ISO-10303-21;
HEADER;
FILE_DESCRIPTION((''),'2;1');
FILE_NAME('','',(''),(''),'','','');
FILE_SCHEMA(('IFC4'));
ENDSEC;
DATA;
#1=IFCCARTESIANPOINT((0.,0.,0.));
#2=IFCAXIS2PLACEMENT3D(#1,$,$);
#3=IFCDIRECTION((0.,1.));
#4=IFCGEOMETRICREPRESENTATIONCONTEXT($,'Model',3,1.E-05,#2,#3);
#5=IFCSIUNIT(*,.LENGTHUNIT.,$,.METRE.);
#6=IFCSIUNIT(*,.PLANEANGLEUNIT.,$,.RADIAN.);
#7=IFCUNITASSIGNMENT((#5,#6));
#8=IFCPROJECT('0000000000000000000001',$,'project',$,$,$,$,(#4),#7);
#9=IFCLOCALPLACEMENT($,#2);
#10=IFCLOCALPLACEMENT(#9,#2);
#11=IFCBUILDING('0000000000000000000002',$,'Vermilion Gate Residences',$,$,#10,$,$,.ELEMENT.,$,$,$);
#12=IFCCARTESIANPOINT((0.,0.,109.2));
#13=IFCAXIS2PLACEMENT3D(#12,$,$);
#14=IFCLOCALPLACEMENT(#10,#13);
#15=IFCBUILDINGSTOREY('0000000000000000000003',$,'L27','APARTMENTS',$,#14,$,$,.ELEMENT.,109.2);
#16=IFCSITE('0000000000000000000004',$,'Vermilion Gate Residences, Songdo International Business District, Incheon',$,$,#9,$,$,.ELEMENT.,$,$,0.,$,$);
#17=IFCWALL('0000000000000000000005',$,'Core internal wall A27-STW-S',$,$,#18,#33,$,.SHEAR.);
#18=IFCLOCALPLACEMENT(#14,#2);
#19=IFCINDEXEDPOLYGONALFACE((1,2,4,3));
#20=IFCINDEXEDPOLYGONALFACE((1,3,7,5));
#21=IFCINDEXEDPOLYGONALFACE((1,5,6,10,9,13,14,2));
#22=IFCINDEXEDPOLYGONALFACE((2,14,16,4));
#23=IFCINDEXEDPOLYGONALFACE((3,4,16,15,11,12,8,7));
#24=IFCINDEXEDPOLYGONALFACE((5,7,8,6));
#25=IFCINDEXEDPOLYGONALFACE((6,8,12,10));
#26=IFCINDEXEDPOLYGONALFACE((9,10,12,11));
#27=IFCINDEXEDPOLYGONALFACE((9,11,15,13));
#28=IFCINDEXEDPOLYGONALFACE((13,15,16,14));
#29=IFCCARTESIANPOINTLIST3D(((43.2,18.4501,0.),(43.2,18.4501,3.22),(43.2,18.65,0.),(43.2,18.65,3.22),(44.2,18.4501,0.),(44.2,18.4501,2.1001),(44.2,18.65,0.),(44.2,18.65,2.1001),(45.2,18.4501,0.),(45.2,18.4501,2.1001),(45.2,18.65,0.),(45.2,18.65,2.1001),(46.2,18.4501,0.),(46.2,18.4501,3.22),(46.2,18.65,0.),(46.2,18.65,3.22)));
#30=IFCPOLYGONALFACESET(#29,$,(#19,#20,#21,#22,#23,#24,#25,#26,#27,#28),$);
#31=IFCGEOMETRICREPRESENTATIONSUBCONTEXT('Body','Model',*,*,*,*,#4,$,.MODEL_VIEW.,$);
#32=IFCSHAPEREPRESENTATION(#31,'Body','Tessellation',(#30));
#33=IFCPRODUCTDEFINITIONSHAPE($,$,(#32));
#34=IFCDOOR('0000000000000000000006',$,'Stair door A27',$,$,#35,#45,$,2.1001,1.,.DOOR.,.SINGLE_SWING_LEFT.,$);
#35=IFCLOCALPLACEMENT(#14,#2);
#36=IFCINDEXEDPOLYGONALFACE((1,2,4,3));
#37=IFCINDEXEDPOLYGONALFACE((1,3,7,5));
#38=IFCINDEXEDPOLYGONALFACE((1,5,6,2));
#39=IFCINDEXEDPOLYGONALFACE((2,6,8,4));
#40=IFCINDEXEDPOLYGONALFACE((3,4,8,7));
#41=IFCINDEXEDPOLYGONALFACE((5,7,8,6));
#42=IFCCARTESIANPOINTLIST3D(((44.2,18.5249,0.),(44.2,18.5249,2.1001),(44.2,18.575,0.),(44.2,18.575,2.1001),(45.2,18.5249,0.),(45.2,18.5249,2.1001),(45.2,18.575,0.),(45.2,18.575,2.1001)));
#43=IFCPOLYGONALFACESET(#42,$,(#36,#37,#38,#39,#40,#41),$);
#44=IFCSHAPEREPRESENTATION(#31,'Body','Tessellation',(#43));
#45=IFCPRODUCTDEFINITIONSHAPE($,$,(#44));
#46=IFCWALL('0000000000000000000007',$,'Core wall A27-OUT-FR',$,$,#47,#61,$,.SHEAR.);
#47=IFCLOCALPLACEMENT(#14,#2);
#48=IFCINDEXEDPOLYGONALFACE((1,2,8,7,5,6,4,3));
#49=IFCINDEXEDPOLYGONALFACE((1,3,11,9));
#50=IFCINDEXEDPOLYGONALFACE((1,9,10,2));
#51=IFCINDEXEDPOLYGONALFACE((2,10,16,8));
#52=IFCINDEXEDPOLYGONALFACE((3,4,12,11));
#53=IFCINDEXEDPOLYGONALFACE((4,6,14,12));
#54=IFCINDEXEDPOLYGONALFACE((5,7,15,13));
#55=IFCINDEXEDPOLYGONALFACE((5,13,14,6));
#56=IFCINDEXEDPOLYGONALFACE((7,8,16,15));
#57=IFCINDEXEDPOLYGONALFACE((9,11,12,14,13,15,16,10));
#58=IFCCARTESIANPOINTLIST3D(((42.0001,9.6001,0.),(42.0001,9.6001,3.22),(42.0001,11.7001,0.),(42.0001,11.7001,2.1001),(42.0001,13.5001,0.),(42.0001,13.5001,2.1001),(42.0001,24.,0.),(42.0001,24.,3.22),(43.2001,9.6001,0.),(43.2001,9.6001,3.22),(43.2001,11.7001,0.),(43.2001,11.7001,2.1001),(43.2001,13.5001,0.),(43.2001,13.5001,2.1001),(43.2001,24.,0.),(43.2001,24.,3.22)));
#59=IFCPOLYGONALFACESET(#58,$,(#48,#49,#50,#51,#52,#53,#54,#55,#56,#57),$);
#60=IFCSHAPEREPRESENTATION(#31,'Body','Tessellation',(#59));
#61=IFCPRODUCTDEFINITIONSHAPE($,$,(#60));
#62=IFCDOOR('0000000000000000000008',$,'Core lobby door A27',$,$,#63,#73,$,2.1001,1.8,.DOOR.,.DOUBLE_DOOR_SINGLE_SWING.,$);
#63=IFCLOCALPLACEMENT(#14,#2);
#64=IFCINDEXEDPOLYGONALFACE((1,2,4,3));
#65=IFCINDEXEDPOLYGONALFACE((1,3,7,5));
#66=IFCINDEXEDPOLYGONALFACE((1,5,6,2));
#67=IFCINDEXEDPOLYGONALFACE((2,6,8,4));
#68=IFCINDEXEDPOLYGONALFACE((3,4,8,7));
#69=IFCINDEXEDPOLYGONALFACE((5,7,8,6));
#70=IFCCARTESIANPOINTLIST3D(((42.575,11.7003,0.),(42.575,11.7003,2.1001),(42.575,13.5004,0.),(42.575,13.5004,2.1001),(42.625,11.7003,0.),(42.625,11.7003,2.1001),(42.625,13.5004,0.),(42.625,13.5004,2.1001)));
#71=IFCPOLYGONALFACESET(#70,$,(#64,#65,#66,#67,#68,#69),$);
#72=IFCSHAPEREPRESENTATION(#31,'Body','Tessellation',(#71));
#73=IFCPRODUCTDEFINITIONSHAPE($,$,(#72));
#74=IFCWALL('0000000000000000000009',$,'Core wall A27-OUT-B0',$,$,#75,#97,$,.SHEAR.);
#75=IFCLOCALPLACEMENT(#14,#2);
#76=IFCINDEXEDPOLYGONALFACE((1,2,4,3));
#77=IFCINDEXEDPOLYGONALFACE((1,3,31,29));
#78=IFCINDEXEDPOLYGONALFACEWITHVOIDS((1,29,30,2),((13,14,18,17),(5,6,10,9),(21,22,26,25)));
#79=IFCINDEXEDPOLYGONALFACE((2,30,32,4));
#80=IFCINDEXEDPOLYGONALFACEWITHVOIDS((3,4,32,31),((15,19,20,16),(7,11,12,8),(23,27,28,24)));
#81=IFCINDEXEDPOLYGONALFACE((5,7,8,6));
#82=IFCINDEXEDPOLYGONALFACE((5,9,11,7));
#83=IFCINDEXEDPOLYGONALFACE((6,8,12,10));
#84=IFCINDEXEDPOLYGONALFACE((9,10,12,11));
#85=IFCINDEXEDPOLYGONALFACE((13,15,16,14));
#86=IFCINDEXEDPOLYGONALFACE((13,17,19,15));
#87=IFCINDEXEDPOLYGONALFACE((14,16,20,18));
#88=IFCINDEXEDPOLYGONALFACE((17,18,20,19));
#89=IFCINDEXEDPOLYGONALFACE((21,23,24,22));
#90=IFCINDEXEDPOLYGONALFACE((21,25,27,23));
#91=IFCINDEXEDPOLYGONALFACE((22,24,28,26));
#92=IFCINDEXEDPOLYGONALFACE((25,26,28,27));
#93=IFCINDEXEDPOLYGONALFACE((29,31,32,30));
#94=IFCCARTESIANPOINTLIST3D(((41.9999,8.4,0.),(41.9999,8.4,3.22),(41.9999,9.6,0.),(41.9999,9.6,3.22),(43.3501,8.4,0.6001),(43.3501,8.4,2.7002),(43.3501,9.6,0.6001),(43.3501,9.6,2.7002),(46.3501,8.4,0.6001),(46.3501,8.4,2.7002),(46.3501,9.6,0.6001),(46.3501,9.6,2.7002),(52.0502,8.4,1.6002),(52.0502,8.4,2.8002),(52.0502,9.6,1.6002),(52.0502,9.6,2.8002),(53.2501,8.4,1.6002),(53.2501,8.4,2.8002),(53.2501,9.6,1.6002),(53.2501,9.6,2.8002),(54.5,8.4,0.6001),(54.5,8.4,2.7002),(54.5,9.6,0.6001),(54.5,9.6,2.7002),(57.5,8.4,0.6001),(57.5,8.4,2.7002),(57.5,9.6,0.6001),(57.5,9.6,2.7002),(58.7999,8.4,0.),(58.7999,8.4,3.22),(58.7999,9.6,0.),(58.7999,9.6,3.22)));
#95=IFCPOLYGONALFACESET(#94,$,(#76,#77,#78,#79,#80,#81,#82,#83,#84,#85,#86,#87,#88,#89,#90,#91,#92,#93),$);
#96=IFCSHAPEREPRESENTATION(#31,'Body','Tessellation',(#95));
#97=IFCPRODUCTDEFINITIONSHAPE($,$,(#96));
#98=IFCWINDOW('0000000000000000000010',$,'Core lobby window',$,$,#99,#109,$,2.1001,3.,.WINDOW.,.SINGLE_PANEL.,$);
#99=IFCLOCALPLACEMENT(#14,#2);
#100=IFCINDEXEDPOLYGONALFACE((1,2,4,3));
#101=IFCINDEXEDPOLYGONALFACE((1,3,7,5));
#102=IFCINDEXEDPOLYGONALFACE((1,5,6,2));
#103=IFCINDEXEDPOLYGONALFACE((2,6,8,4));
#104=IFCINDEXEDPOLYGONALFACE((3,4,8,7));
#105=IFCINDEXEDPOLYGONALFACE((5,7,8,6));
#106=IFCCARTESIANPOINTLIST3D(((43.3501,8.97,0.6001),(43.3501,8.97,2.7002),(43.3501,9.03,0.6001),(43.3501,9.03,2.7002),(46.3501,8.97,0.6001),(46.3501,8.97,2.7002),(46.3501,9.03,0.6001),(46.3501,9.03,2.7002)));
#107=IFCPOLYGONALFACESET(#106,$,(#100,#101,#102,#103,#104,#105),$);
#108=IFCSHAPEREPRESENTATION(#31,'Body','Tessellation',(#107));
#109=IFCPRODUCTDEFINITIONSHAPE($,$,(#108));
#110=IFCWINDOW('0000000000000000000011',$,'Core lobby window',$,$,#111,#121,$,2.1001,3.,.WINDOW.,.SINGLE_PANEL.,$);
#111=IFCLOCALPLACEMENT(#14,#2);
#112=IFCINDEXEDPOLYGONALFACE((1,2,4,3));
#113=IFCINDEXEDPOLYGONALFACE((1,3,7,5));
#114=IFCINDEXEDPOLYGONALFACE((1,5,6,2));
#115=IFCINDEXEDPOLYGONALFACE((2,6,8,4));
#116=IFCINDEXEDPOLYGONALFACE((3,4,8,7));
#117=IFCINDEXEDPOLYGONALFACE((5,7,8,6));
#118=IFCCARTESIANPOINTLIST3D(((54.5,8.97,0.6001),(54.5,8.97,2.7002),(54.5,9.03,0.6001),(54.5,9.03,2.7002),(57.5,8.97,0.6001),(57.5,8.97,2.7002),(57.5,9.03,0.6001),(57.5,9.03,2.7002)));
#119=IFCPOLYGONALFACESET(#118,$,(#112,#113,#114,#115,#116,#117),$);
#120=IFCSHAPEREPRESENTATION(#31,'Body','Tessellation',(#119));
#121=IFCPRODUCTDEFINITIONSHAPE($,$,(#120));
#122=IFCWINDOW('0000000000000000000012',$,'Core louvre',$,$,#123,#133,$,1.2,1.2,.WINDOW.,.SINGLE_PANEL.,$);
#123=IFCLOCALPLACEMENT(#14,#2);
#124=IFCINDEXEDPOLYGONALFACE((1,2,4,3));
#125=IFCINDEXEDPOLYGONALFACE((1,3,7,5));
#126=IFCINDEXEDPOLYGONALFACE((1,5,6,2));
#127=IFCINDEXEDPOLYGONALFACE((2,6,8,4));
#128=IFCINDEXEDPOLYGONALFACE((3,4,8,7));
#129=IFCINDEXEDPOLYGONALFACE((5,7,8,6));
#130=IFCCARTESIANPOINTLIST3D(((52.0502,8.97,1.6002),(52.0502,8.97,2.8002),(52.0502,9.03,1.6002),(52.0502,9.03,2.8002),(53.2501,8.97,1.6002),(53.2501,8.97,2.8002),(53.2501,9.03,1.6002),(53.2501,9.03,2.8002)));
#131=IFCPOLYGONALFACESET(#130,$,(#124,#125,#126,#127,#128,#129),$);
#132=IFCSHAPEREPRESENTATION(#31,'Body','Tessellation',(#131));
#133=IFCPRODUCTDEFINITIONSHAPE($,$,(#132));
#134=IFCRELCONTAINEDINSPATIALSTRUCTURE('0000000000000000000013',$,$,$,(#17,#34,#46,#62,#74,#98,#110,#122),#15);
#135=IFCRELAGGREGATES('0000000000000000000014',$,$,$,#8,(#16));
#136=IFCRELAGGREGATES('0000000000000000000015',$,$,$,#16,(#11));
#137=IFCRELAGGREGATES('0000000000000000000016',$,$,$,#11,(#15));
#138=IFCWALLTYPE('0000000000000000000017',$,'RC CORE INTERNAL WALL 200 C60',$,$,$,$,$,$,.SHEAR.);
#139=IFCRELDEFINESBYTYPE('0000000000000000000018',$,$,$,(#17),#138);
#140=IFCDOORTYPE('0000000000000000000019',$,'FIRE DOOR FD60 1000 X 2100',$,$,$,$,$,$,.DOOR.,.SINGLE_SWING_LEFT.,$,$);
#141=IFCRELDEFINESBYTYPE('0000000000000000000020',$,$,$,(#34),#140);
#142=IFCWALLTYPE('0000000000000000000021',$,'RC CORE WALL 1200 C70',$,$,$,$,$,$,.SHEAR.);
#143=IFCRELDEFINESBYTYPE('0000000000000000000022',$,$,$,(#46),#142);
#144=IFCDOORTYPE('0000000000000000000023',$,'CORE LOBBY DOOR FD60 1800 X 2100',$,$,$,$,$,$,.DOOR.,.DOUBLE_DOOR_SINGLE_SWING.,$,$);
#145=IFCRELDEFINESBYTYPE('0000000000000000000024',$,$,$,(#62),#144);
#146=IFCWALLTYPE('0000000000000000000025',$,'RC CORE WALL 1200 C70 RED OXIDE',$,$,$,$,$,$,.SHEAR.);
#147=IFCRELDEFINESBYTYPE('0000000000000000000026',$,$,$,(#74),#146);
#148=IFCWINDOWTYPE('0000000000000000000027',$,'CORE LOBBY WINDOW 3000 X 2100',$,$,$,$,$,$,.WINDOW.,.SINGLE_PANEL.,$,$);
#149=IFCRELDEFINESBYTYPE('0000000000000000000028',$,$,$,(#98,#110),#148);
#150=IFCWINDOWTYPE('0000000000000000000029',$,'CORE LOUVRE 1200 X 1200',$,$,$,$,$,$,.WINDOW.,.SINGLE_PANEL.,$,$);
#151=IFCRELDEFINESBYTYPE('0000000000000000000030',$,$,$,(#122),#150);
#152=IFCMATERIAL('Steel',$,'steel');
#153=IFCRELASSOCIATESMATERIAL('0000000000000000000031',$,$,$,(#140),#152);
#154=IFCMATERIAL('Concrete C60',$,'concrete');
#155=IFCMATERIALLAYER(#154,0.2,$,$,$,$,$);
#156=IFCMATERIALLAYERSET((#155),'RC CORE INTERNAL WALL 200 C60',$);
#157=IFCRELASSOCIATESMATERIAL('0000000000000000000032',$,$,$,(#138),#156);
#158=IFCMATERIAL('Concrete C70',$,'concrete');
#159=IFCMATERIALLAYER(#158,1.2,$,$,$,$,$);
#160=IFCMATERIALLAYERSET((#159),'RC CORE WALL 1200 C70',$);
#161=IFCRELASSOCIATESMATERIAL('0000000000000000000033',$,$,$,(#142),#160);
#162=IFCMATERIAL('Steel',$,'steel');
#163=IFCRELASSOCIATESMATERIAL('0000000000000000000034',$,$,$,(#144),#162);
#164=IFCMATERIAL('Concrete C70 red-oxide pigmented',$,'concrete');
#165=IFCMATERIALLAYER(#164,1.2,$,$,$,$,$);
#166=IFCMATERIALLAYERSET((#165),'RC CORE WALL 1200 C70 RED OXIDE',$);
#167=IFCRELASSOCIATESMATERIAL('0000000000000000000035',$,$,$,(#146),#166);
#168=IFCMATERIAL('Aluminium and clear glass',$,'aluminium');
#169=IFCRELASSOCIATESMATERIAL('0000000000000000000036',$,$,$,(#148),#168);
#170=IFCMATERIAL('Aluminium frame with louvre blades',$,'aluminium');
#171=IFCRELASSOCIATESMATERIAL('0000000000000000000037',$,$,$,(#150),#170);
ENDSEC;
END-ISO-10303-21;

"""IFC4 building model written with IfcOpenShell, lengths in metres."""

from ifc_helpers import new_model, si_unit, direction, frame, frame_2d, origin, place, context, subcontext, project, spatial, rectangle, extrude, material, layer, layer_set, type_object, element, fill, save


model = new_model("IFC4")

# Units and contexts
model_context = context("Model", 3, precision=1e-05, world=origin(), true_north=direction((0.0, 1.0)))
body_context = subcontext(model_context, "Body", "Model", "MODEL_VIEW")
ifc_project = project(units=[si_unit("LENGTHUNIT", "METRE"), si_unit("PLANEANGLEUNIT", "RADIAN")], contexts=[model_context])

# Site, building, storey
site_placement = place(None, origin())
site = spatial("IfcSite", under=ifc_project, at=site_placement, Name="Vermilion Gate Residences, Songdo International Business District, Incheon", CompositionType="ELEMENT", RefElevation=0.0)
building_placement = place(site_placement, origin())
building = spatial("IfcBuilding", under=site, at=building_placement, Name="Vermilion Gate Residences", CompositionType="ELEMENT")
storey_placement = place(building_placement, frame((0.0, 0.0, 109.2)))
storey = spatial("IfcBuildingStorey", under=building, at=storey_placement, Name="L27", Description="APARTMENTS", CompositionType="ELEMENT", Elevation=109.2)

# Shared definitions
ifc_material_1 = material(Name="Steel", Category="steel")
door_type_1 = type_object("IfcDoorType", Name="FIRE DOOR FD60 1000 X 2100", OperationType="SINGLE_SWING_LEFT", PredefinedType="DOOR", material=ifc_material_1)

# Shared definitions
ifc_material_2 = material(Name="Concrete C60", Category="concrete")
ifc_layer_1 = layer(ifc_material_2, 0.2)
ifc_layer_set_1 = layer_set([ifc_layer_1], Name="RC CORE INTERNAL WALL 200 C60")
wall_type_1 = type_object("IfcWallType", Name="RC CORE INTERNAL WALL 200 C60", PredefinedType="SHEAR", material=ifc_layer_set_1)

# Walls, openings, doors
wall_1_placement = place(storey_placement, frame((43.2, 18.55, 0.0), z_axis=(0.0, 0.0, 1.0), x_axis=(1.0, 0.0, 0.0)))
wall_1 = element("IfcWall", 1, at=wall_1_placement, inside=storey, type_object=wall_type_1, Name="Core internal wall A27-STW-S", PredefinedType="SHEAR", context=body_context, shape_type="SweptSolid", body=[
    extrude(rectangle(XDim=3.0, YDim=0.2, at=frame_2d((1.5, 0.0))), origin(), (0.0, 0.0, 1.0), 3.22),
])
opening_1_placement = place(wall_1_placement, frame((1.0, 0.0, 0.0)))
opening_1 = element("IfcOpeningElement", 2, at=opening_1_placement, cuts=wall_1, PredefinedType="OPENING", context=body_context, shape_type="SweptSolid", body=[
    extrude(rectangle(XDim=1.0, YDim=2.1001, at=frame_2d((0.5, 1.05))), frame((0.0, 0.1099, 0.0), z_axis=(0.0, -1.0, 0.0), x_axis=(1.0, 0.0, 0.0)), (0.0, 0.0, 1.0), 0.22),
])
door_1_placement = place(opening_1_placement, origin())
door_1 = element("IfcDoor", 3, at=door_1_placement, inside=storey, type_object=door_type_1, Name="Stair door A27", OperationType="SINGLE_SWING_LEFT", OverallHeight=2.1001, OverallWidth=1.0, PredefinedType="DOOR", context=body_context, shape_type="SweptSolid", body=[
    extrude(rectangle(XDim=1.0, YDim=2.1001, at=frame_2d((0.5, 1.05))), frame((0.0, 0.0249, 0.0), z_axis=(0.0, -1.0, 0.0), x_axis=(1.0, 0.0, 0.0)), (0.0, 0.0, 1.0), 0.05),
])
fill(opening_1, door_1)
ifc_material_3 = material(Name="Concrete C70", Category="concrete")
ifc_layer_2 = layer(ifc_material_3, 1.2)
ifc_layer_set_2 = layer_set([ifc_layer_2], Name="RC CORE WALL 1200 C70")
wall_type_2 = type_object("IfcWallType", Name="RC CORE WALL 1200 C70", PredefinedType="SHEAR", material=ifc_layer_set_2)
wall_2_placement = place(storey_placement, frame((42.6001, 9.6001, 0.0), z_axis=(0.0, 0.0, 1.0), x_axis=(0.0, 1.0, 0.0)))
wall_2 = element("IfcWall", 4, at=wall_2_placement, inside=storey, type_object=wall_type_2, Name="Core wall A27-OUT-FR", PredefinedType="SHEAR", context=body_context, shape_type="SweptSolid", body=[
    extrude(rectangle(XDim=14.3999, YDim=1.2, at=frame_2d((7.2, 0.0))), origin(), (0.0, 0.0, 1.0), 3.22),
])
opening_2_placement = place(wall_2_placement, frame((2.1001, 0.0, 0.0)))
opening_2 = element("IfcOpeningElement", 5, at=opening_2_placement, cuts=wall_2, PredefinedType="OPENING", context=body_context, shape_type="SweptSolid", body=[
    extrude(rectangle(XDim=1.8, YDim=2.1001, at=frame_2d((0.8999, 1.05))), frame((0.0, 0.6099, 0.0), z_axis=(0.0, -1.0, 0.0), x_axis=(1.0, 0.0, 0.0)), (0.0, 0.0, 1.0), 1.22),
])
ifc_material_4 = material(Name="Steel", Category="steel")
door_type_2 = type_object("IfcDoorType", Name="CORE LOBBY DOOR FD60 1800 X 2100", OperationType="DOUBLE_DOOR_SINGLE_SWING", PredefinedType="DOOR", material=ifc_material_4)
door_2_placement = place(opening_2_placement, frame((1.8, 0.0, 0.0), z_axis=(0.0, 0.0, 1.0), x_axis=(-1.0, 0.0, 0.0)))
door_2 = element("IfcDoor", 6, at=door_2_placement, inside=storey, type_object=door_type_2, Name="Core lobby door A27", OperationType="DOUBLE_DOOR_SINGLE_SWING", OverallHeight=2.1001, OverallWidth=1.8, PredefinedType="DOOR", context=body_context, shape_type="SweptSolid", body=[
    extrude(rectangle(XDim=1.8, YDim=2.1001, at=frame_2d((0.8999, 1.05))), frame((0.0, 0.0249, 0.0), z_axis=(0.0, -1.0, 0.0), x_axis=(1.0, 0.0, 0.0)), (0.0, 0.0, 1.0), 0.05),
])
fill(opening_2, door_2)

# Wall, openings, windows
ifc_material_5 = material(Name="Concrete C70 red-oxide pigmented", Category="concrete")
ifc_layer_3 = layer(ifc_material_5, 1.2)
ifc_layer_set_3 = layer_set([ifc_layer_3], Name="RC CORE WALL 1200 C70 RED OXIDE")
wall_type_3 = type_object("IfcWallType", Name="RC CORE WALL 1200 C70 RED OXIDE", PredefinedType="SHEAR", material=ifc_layer_set_3)
wall_3_placement = place(storey_placement, frame((42.0, 9.0, 0.0), z_axis=(0.0, 0.0, 1.0), x_axis=(1.0, 0.0, 0.0)))
wall_3 = element("IfcWall", 7, at=wall_3_placement, inside=storey, type_object=wall_type_3, Name="Core wall A27-OUT-B0", PredefinedType="SHEAR", context=body_context, shape_type="SweptSolid", body=[
    extrude(rectangle(XDim=16.8, YDim=1.2, at=frame_2d((8.3999, 0.0))), origin(), (0.0, 0.0, 1.0), 3.22),
])
opening_3_placement = place(wall_3_placement, frame((1.3501, 0.0, 0.6001)))
opening_3 = element("IfcOpeningElement", 8, at=opening_3_placement, cuts=wall_3, PredefinedType="OPENING", context=body_context, shape_type="SweptSolid", body=[
    extrude(rectangle(XDim=3.0, YDim=2.1001, at=frame_2d((1.5, 1.05))), frame((0.0, 0.6099, 0.0), z_axis=(0.0, -1.0, 0.0), x_axis=(1.0, 0.0, 0.0)), (0.0, 0.0, 1.0), 1.22),
])
opening_4_placement = place(wall_3_placement, frame((10.05, 0.0, 1.6001)))
opening_4 = element("IfcOpeningElement", 9, at=opening_4_placement, cuts=wall_3, PredefinedType="OPENING", context=body_context, shape_type="SweptSolid", body=[
    extrude(rectangle(XDim=1.2, YDim=1.2, at=frame_2d((0.6001, 0.6001))), frame((0.0, 0.6099, 0.0), z_axis=(0.0, -1.0, 0.0), x_axis=(1.0, 0.0, 0.0)), (0.0, 0.0, 1.0), 1.22),
])
opening_5_placement = place(wall_3_placement, frame((12.5, 0.0, 0.6001)))
opening_5 = element("IfcOpeningElement", 10, at=opening_5_placement, cuts=wall_3, PredefinedType="OPENING", context=body_context, shape_type="SweptSolid", body=[
    extrude(rectangle(XDim=3.0, YDim=2.1001, at=frame_2d((1.5, 1.05))), frame((0.0, 0.6099, 0.0), z_axis=(0.0, -1.0, 0.0), x_axis=(1.0, 0.0, 0.0)), (0.0, 0.0, 1.0), 1.22),
])
ifc_material_6 = material(Name="Aluminium and clear glass", Category="aluminium")
window_type_1 = type_object("IfcWindowType", Name="CORE LOBBY WINDOW 3000 X 2100", PartitioningType="SINGLE_PANEL", PredefinedType="WINDOW", material=ifc_material_6)
window_1_placement = place(opening_3_placement, origin())
window_1 = element("IfcWindow", 11, at=window_1_placement, inside=storey, type_object=window_type_1, Name="Core lobby window", OverallHeight=2.1001, OverallWidth=3.0, PartitioningType="SINGLE_PANEL", PredefinedType="WINDOW", context=body_context, shape_type="SweptSolid", body=[
    extrude(rectangle(XDim=3.0, YDim=2.1001, at=frame_2d((1.5, 1.05))), frame((0.0, 0.03, 0.0), z_axis=(0.0, -1.0, 0.0), x_axis=(1.0, 0.0, 0.0)), (0.0, 0.0, 1.0), 0.0601),
])
fill(opening_3, window_1)
window_2_placement = place(opening_5_placement, origin())
window_2 = element("IfcWindow", 12, at=window_2_placement, inside=storey, type_object=window_type_1, Name="Core lobby window", OverallHeight=2.1001, OverallWidth=3.0, PartitioningType="SINGLE_PANEL", PredefinedType="WINDOW", context=body_context, shape_type="SweptSolid", body=[
    extrude(rectangle(XDim=3.0, YDim=2.1001, at=frame_2d((1.5, 1.05))), frame((0.0, 0.03, 0.0), z_axis=(0.0, -1.0, 0.0), x_axis=(1.0, 0.0, 0.0)), (0.0, 0.0, 1.0), 0.0601),
])
fill(opening_5, window_2)
ifc_material_7 = material(Name="Aluminium frame with louvre blades", Category="aluminium")
window_type_2 = type_object("IfcWindowType", Name="CORE LOUVRE 1200 X 1200", PartitioningType="SINGLE_PANEL", PredefinedType="WINDOW", material=ifc_material_7)
window_3_placement = place(opening_4_placement, origin())
window_3 = element("IfcWindow", 13, at=window_3_placement, inside=storey, type_object=window_type_2, Name="Core louvre", OverallHeight=1.2, OverallWidth=1.2, PartitioningType="SINGLE_PANEL", PredefinedType="WINDOW", context=body_context, shape_type="SweptSolid", body=[
    extrude(rectangle(XDim=1.2, YDim=1.2, at=frame_2d((0.6001, 0.6001))), frame((0.0, 0.03, 0.0), z_axis=(0.0, -1.0, 0.0), x_axis=(1.0, 0.0, 0.0)), (0.0, 0.0, 1.0), 0.0601),
])
fill(opening_4, window_3)

save(model, "model.ifc")
